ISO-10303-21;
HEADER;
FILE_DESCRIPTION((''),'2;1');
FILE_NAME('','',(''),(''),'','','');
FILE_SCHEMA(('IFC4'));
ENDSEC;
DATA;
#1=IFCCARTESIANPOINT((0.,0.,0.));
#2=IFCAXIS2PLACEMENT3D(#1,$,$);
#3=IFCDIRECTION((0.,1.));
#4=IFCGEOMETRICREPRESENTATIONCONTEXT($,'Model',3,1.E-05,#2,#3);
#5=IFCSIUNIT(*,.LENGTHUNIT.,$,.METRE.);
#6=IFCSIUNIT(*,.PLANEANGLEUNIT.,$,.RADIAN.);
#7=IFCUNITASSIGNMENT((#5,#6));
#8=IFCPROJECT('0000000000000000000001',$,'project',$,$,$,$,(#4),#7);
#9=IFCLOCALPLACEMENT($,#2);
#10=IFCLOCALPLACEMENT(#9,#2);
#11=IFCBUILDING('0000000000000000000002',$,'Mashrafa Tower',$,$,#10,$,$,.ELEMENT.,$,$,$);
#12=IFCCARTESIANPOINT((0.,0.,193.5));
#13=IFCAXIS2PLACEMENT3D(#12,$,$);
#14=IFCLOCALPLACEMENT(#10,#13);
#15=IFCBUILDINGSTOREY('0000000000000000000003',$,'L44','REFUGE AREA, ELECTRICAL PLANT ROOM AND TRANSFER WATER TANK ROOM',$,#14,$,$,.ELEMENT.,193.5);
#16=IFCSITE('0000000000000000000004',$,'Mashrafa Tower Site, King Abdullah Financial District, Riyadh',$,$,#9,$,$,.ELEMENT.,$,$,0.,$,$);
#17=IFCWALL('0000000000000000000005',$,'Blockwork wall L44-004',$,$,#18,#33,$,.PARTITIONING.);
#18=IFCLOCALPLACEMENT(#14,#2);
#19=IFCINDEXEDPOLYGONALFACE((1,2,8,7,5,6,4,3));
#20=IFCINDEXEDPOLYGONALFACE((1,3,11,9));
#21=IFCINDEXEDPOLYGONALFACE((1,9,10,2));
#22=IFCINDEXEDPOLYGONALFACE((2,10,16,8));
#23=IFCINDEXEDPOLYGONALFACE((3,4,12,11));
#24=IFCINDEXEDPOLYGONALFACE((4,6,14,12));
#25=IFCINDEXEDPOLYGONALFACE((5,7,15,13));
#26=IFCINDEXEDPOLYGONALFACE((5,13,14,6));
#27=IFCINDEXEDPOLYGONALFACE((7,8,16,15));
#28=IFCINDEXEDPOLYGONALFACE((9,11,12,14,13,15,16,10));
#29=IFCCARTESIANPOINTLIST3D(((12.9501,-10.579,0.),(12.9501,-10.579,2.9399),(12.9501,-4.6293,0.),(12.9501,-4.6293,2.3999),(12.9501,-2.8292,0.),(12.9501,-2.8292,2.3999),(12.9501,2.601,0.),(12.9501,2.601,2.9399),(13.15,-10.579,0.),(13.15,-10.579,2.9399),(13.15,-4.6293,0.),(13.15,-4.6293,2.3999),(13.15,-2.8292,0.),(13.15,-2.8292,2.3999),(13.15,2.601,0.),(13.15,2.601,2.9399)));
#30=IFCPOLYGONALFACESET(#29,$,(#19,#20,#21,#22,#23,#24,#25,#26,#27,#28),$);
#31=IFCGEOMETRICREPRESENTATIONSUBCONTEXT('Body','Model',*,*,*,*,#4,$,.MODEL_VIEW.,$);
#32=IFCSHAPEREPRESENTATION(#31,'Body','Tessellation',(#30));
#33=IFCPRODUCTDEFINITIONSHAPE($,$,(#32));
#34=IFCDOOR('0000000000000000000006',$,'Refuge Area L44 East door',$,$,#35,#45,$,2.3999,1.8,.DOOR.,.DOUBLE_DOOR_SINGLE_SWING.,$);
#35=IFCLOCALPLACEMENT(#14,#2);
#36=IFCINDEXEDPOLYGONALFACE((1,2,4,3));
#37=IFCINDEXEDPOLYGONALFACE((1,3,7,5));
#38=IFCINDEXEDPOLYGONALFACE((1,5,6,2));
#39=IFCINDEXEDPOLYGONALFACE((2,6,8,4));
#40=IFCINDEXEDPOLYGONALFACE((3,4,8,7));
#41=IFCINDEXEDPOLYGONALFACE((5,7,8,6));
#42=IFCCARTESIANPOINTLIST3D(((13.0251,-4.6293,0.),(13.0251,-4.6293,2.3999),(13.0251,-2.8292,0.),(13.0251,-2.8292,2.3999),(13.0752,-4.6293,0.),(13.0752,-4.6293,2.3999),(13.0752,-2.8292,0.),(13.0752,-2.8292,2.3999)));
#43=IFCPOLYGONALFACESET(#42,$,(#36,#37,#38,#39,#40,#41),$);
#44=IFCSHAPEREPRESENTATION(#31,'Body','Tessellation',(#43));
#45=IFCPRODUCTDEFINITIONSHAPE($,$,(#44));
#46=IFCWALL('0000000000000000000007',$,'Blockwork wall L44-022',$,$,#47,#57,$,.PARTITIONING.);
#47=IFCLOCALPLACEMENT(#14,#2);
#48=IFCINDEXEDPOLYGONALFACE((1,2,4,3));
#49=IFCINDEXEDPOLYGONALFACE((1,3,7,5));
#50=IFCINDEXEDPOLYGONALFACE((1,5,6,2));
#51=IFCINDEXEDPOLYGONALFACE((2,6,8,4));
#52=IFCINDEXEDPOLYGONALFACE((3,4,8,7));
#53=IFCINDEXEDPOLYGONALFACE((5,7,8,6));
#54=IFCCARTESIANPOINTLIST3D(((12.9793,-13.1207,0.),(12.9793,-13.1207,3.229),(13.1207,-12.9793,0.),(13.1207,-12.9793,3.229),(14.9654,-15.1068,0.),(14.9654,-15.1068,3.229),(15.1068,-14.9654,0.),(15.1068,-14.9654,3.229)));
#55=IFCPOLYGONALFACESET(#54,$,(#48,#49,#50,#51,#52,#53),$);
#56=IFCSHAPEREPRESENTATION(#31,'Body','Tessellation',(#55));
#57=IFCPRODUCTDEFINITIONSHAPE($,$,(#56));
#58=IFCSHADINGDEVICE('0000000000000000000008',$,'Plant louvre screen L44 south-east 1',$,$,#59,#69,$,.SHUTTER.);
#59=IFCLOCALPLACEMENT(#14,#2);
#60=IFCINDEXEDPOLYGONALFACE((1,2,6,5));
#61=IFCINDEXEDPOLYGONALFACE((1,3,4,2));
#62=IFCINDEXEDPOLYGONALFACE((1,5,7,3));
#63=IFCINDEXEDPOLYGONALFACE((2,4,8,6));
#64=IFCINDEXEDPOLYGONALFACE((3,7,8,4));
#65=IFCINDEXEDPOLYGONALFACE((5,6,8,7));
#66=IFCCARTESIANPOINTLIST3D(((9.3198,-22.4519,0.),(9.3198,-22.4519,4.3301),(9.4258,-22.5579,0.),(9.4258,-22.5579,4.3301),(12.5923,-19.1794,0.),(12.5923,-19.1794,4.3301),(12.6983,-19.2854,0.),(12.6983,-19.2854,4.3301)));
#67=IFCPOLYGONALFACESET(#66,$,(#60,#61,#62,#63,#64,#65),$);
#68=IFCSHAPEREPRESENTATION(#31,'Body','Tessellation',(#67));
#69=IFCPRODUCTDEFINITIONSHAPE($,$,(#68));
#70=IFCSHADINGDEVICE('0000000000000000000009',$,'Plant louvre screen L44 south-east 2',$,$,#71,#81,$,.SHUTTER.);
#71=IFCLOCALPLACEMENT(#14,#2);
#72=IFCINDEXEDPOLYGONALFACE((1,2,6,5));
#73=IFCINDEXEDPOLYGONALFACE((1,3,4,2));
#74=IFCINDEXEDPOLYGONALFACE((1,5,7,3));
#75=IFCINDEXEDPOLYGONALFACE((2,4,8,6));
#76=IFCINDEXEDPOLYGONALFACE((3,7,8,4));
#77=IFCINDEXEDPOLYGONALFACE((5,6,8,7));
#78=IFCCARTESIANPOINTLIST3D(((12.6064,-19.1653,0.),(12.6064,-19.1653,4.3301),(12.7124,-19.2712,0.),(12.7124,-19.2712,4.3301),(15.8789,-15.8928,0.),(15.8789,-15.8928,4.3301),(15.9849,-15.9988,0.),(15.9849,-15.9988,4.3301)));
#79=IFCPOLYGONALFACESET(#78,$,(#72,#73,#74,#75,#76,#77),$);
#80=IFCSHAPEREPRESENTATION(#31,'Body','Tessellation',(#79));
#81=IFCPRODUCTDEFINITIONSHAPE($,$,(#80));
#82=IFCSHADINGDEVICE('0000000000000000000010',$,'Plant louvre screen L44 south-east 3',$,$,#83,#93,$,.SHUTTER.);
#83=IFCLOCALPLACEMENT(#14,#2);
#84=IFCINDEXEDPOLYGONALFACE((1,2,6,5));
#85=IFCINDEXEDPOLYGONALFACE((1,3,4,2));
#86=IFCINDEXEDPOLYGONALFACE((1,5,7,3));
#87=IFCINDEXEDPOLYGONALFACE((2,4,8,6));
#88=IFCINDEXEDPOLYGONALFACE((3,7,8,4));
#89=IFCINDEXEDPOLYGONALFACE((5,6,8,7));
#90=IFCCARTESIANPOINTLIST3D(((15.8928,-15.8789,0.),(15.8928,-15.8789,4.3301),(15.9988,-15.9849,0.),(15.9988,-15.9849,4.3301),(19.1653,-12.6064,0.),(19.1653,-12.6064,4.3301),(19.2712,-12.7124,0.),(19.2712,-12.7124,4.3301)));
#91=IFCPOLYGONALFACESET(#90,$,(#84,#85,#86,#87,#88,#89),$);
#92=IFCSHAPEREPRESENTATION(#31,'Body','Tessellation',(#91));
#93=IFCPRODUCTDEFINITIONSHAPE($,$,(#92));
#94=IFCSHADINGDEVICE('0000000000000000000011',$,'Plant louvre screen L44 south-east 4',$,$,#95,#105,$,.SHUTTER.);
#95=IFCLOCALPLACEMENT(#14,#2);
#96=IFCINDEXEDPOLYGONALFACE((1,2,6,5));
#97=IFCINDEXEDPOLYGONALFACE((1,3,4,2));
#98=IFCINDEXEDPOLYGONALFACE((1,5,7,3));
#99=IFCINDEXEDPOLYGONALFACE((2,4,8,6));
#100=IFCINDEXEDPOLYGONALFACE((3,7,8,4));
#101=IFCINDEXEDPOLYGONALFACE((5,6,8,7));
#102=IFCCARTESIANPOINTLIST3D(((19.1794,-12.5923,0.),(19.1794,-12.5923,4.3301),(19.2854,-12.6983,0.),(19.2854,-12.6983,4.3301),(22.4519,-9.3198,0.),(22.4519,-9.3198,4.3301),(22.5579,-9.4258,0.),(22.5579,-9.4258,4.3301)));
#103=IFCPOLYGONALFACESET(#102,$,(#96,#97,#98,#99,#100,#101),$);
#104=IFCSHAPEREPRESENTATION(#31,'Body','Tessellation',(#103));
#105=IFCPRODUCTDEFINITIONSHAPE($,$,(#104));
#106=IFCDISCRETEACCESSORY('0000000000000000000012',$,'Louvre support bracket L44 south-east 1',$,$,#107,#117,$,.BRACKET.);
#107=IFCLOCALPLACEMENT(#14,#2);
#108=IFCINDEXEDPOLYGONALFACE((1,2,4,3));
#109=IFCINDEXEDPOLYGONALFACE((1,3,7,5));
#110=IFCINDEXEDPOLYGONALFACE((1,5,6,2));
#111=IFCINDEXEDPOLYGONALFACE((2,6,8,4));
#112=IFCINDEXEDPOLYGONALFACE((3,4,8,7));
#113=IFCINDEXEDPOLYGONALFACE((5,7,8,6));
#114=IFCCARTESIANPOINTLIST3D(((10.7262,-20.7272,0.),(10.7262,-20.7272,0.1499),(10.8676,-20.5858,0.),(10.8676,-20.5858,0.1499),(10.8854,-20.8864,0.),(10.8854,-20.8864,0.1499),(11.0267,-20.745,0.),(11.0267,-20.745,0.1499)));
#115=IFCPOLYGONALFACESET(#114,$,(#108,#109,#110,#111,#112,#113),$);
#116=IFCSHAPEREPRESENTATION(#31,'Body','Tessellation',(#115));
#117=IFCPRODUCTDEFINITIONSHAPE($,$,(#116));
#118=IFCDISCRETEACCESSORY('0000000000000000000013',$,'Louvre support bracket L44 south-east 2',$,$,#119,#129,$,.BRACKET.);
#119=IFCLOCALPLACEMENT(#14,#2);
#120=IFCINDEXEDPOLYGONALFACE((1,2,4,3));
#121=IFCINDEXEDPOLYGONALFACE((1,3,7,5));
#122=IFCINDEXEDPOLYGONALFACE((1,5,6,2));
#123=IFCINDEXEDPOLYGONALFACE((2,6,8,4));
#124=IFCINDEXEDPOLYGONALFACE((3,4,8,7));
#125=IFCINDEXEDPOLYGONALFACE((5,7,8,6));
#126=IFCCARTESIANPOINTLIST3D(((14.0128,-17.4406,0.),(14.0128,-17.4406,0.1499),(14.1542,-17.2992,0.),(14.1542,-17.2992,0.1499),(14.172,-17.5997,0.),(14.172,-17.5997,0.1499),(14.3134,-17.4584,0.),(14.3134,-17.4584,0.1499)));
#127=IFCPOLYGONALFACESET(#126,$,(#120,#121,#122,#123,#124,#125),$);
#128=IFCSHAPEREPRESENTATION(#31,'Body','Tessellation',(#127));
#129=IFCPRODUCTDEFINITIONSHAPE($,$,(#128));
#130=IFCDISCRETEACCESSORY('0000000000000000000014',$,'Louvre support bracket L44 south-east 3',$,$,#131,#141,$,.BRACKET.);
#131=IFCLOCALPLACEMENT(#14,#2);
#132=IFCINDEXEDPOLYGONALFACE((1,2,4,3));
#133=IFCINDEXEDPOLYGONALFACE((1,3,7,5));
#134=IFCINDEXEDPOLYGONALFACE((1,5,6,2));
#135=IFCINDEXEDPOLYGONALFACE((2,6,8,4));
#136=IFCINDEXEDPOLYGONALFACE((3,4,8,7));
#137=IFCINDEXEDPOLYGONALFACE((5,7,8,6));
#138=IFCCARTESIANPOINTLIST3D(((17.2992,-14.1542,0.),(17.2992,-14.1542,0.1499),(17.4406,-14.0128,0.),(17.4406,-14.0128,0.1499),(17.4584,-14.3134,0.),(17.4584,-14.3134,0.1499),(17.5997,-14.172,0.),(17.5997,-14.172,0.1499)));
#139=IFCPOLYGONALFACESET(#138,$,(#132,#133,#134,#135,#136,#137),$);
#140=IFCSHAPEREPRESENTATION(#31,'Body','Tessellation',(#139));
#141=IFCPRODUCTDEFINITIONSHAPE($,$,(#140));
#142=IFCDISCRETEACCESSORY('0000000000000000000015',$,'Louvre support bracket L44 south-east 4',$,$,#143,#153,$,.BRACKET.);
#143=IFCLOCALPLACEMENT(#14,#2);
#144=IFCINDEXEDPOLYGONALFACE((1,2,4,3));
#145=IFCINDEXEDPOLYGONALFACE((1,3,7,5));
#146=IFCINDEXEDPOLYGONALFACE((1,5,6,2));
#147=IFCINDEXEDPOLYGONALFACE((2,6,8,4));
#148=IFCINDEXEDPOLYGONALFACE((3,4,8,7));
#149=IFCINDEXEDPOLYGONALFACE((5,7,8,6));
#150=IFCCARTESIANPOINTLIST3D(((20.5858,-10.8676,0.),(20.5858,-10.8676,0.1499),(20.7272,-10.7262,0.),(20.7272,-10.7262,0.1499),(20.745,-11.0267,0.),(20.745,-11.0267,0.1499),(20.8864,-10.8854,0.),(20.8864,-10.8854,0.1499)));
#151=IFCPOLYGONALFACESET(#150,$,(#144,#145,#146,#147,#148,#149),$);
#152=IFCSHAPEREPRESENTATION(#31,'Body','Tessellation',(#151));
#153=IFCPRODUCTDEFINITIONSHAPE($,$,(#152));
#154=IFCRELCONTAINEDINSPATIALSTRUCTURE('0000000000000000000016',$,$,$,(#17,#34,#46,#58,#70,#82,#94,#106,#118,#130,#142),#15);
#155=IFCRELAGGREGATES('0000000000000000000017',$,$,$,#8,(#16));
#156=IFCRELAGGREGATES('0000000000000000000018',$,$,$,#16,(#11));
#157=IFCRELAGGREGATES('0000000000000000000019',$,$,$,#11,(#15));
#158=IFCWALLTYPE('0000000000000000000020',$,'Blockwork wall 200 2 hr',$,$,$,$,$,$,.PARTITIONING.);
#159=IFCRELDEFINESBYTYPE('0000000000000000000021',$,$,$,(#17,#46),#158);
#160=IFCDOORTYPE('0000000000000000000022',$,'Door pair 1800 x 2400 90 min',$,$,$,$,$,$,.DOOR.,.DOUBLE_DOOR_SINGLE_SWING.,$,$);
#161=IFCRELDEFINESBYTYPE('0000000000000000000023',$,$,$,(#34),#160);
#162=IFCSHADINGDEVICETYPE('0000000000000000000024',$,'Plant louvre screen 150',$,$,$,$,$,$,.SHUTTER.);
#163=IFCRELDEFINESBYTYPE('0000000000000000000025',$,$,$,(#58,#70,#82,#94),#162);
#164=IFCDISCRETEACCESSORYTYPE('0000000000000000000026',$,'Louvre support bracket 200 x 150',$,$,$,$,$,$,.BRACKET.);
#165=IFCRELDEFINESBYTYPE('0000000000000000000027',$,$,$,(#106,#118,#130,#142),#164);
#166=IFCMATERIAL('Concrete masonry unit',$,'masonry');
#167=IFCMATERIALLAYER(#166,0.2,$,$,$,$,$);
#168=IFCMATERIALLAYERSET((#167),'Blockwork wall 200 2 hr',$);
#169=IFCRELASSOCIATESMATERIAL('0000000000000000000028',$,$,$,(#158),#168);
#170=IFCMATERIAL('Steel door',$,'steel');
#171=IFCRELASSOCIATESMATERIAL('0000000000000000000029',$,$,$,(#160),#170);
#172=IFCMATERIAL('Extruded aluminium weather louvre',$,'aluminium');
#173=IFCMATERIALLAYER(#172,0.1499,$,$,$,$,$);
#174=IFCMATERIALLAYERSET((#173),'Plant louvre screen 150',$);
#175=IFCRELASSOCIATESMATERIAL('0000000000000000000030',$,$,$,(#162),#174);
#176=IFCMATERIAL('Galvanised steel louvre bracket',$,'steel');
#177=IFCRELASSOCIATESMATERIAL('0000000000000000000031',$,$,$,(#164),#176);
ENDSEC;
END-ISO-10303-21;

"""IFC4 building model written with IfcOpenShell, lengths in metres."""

from ifc_helpers import new_model, si_unit, direction, frame, frame_2d, origin, origin_2d, place, context, subcontext, project, spatial, rectangle, extrude, source, transform, mapped, material, layer, layer_set, type_object, type_shapes, element, fill, save


model = new_model("IFC4")

# Units and contexts
model_context = context("Model", 3, precision=1e-05, world=origin(), true_north=direction((0.0, 1.0)))
body_context = subcontext(model_context, "Body", "Model", "MODEL_VIEW")
ifc_project = project(units=[si_unit("LENGTHUNIT", "METRE"), si_unit("PLANEANGLEUNIT", "RADIAN")], contexts=[model_context])

# Site, building, storey
site_placement = place(None, origin())
site = spatial("IfcSite", under=ifc_project, at=site_placement, Name="Mashrafa Tower Site, King Abdullah Financial District, Riyadh", CompositionType="ELEMENT", RefElevation=0.0)
building_placement = place(site_placement, origin())
building = spatial("IfcBuilding", under=site, at=building_placement, Name="Mashrafa Tower", CompositionType="ELEMENT")
storey_placement = place(building_placement, frame((0.0, 0.0, 193.5)))
storey = spatial("IfcBuildingStorey", under=building, at=storey_placement, Name="L44", Description="REFUGE AREA, ELECTRICAL PLANT ROOM AND TRANSFER WATER TANK ROOM", CompositionType="ELEMENT", Elevation=193.5)

# Shared definitions
ifc_material_1 = material(Name="Concrete masonry unit", Category="masonry")
ifc_layer_1 = layer(ifc_material_1, 0.2)
ifc_layer_set_1 = layer_set([ifc_layer_1], Name="Blockwork wall 200 2 hr")
wall_type = type_object("IfcWallType", Name="Blockwork wall 200 2 hr", PredefinedType="PARTITIONING", material=ifc_layer_set_1)

# Wall, opening, door
wall_1_placement = place(storey_placement, frame((13.05, -10.5789, 0.0), z_axis=(0.0, 0.0, 1.0), x_axis=(0.0, 1.0, 0.0)))
wall_1 = element("IfcWall", 1, at=wall_1_placement, inside=storey, type_object=wall_type, Name="Blockwork wall L44-004", PredefinedType="PARTITIONING", context=body_context, shape_type="SweptSolid", body=[
    extrude(rectangle(XDim=13.1799, YDim=0.2, at=frame_2d((6.5898, 0.0))), origin(), (0.0, 0.0, 1.0), 2.9399),
])
opening_placement = place(wall_1_placement, frame((5.9497, 0.0, 0.0)))
opening = element("IfcOpeningElement", 2, at=opening_placement, cuts=wall_1, PredefinedType="OPENING", context=body_context, shape_type="SweptSolid", body=[
    extrude(rectangle(XDim=1.8, YDim=2.3999, at=frame_2d((0.8999, 1.2))), frame((0.0, 0.1099, 0.0), z_axis=(0.0, -1.0, 0.0), x_axis=(1.0, 0.0, 0.0)), (0.0, 0.0, 1.0), 0.22),
])
ifc_material_2 = material(Name="Steel door", Category="steel")
door_type = type_object("IfcDoorType", Name="Door pair 1800 x 2400 90 min", OperationType="DOUBLE_DOOR_SINGLE_SWING", PredefinedType="DOOR", material=ifc_material_2)
door_placement = place(opening_placement, origin())
door = element("IfcDoor", 3, at=door_placement, inside=storey, type_object=door_type, Name="Refuge Area L44 East door", OperationType="DOUBLE_DOOR_SINGLE_SWING", OverallHeight=2.3999, OverallWidth=1.8, PredefinedType="DOOR", context=body_context, shape_type="SweptSolid", body=[
    extrude(rectangle(XDim=1.8, YDim=2.3999, at=frame_2d((0.8999, 1.2))), frame((0.0, 0.0249, 0.0), z_axis=(0.0, -1.0, 0.0), x_axis=(1.0, 0.0, 0.0)), (0.0, 0.0, 1.0), 0.05),
])
fill(opening, door)

# Wall
wall_2_placement = place(storey_placement, frame((13.05, -13.05, 0.0), z_axis=(0.0, 0.0, 1.0), x_axis=(0.707107, -0.707107, 0.0)))
element("IfcWall", 4, at=wall_2_placement, inside=storey, type_object=wall_type, Name="Blockwork wall L44-022", PredefinedType="PARTITIONING", context=body_context, shape_type="SweptSolid", body=[
    extrude(rectangle(XDim=2.8088, YDim=0.2, at=frame_2d((1.4043, 0.0))), origin(), (0.0, 0.0, 1.0), 3.229),
])

# Shading devices
ifc_material_3 = material(Name="Extruded aluminium weather louvre", Category="aluminium")
ifc_layer_2 = layer(ifc_material_3, 0.1499)
ifc_layer_set_2 = layer_set([ifc_layer_2], Name="Plant louvre screen 150")
shading_device_type = type_object("IfcShadingDeviceType", Name="Plant louvre screen 150", PredefinedType="SHUTTER", material=ifc_layer_set_2)
shared_shape_1 = source(origin(), body_context, "Body", "SweptSolid", [
    extrude(rectangle(XDim=4.6279, YDim=0.1499, at=origin_2d()), origin(), (0.0, 0.0, 1.0), 4.3301),
])
type_shapes(shading_device_type, [shared_shape_1])
for number, where, z_axis, x_axis, name in (
    (5, (11.009, -20.8687, 0.0), (0.0, 0.0, 1.0), (0.707107, 0.707107, 0.0), "Plant louvre screen L44 south-east 1"),
    (6, (14.2957, -17.582, 0.0), (0.0, 0.0, 1.0), (0.707107, 0.707107, 0.0), "Plant louvre screen L44 south-east 2"),
    (7, (17.582, -14.2957, 0.0), (0.0, 0.0, 1.0), (0.707107, 0.707107, 0.0), "Plant louvre screen L44 south-east 3"),
    (8, (20.8687, -11.009, 0.0), (0.0, 0.0, 1.0), (0.707107, 0.707107, 0.0), "Plant louvre screen L44 south-east 4"),
):
    element("IfcShadingDevice", number, at=place(storey_placement, frame(where, z_axis=z_axis, x_axis=x_axis)), inside=storey, type_object=shading_device_type, Name=name, PredefinedType="SHUTTER", context=body_context, shape_type="MappedRepresentation", body=[
        mapped(shared_shape_1, transform((0.0, 0.0, 0.0))),
    ])

# Discrete accessories
ifc_material_4 = material(Name="Galvanised steel louvre bracket", Category="steel")
discrete_accessory_type = type_object("IfcDiscreteAccessoryType", Name="Louvre support bracket 200 x 150", PredefinedType="BRACKET", material=ifc_material_4)
shared_shape_2 = source(origin(), body_context, "Body", "SweptSolid", [
    extrude(rectangle(XDim=0.2, YDim=0.2251, at=origin_2d()), origin(), (0.0, 0.0, 1.0), 0.1499),
])
type_shapes(discrete_accessory_type, [shared_shape_2])
for number, where, z_axis, x_axis, name in (
    (9, (10.8765, -20.7361, 0.0), (0.0, 0.0, 1.0), (0.707107, 0.707107, 0.0), "Louvre support bracket L44 south-east 1"),
    (10, (14.1631, -17.4495, 0.0), (0.0, 0.0, 1.0), (0.707107, 0.707107, 0.0), "Louvre support bracket L44 south-east 2"),
    (11, (17.4495, -14.1631, 0.0), (0.0, 0.0, 1.0), (0.707107, 0.707107, 0.0), "Louvre support bracket L44 south-east 3"),
    (12, (20.7361, -10.8765, 0.0), (0.0, 0.0, 1.0), (0.707107, 0.707107, 0.0), "Louvre support bracket L44 south-east 4"),
):
    element("IfcDiscreteAccessory", number, at=place(storey_placement, frame(where, z_axis=z_axis, x_axis=x_axis)), inside=storey, type_object=discrete_accessory_type, Name=name, PredefinedType="BRACKET", context=body_context, shape_type="MappedRepresentation", body=[
        mapped(shared_shape_2, transform((0.0, 0.0, 0.0))),
    ])

save(model, "model.ifc")
